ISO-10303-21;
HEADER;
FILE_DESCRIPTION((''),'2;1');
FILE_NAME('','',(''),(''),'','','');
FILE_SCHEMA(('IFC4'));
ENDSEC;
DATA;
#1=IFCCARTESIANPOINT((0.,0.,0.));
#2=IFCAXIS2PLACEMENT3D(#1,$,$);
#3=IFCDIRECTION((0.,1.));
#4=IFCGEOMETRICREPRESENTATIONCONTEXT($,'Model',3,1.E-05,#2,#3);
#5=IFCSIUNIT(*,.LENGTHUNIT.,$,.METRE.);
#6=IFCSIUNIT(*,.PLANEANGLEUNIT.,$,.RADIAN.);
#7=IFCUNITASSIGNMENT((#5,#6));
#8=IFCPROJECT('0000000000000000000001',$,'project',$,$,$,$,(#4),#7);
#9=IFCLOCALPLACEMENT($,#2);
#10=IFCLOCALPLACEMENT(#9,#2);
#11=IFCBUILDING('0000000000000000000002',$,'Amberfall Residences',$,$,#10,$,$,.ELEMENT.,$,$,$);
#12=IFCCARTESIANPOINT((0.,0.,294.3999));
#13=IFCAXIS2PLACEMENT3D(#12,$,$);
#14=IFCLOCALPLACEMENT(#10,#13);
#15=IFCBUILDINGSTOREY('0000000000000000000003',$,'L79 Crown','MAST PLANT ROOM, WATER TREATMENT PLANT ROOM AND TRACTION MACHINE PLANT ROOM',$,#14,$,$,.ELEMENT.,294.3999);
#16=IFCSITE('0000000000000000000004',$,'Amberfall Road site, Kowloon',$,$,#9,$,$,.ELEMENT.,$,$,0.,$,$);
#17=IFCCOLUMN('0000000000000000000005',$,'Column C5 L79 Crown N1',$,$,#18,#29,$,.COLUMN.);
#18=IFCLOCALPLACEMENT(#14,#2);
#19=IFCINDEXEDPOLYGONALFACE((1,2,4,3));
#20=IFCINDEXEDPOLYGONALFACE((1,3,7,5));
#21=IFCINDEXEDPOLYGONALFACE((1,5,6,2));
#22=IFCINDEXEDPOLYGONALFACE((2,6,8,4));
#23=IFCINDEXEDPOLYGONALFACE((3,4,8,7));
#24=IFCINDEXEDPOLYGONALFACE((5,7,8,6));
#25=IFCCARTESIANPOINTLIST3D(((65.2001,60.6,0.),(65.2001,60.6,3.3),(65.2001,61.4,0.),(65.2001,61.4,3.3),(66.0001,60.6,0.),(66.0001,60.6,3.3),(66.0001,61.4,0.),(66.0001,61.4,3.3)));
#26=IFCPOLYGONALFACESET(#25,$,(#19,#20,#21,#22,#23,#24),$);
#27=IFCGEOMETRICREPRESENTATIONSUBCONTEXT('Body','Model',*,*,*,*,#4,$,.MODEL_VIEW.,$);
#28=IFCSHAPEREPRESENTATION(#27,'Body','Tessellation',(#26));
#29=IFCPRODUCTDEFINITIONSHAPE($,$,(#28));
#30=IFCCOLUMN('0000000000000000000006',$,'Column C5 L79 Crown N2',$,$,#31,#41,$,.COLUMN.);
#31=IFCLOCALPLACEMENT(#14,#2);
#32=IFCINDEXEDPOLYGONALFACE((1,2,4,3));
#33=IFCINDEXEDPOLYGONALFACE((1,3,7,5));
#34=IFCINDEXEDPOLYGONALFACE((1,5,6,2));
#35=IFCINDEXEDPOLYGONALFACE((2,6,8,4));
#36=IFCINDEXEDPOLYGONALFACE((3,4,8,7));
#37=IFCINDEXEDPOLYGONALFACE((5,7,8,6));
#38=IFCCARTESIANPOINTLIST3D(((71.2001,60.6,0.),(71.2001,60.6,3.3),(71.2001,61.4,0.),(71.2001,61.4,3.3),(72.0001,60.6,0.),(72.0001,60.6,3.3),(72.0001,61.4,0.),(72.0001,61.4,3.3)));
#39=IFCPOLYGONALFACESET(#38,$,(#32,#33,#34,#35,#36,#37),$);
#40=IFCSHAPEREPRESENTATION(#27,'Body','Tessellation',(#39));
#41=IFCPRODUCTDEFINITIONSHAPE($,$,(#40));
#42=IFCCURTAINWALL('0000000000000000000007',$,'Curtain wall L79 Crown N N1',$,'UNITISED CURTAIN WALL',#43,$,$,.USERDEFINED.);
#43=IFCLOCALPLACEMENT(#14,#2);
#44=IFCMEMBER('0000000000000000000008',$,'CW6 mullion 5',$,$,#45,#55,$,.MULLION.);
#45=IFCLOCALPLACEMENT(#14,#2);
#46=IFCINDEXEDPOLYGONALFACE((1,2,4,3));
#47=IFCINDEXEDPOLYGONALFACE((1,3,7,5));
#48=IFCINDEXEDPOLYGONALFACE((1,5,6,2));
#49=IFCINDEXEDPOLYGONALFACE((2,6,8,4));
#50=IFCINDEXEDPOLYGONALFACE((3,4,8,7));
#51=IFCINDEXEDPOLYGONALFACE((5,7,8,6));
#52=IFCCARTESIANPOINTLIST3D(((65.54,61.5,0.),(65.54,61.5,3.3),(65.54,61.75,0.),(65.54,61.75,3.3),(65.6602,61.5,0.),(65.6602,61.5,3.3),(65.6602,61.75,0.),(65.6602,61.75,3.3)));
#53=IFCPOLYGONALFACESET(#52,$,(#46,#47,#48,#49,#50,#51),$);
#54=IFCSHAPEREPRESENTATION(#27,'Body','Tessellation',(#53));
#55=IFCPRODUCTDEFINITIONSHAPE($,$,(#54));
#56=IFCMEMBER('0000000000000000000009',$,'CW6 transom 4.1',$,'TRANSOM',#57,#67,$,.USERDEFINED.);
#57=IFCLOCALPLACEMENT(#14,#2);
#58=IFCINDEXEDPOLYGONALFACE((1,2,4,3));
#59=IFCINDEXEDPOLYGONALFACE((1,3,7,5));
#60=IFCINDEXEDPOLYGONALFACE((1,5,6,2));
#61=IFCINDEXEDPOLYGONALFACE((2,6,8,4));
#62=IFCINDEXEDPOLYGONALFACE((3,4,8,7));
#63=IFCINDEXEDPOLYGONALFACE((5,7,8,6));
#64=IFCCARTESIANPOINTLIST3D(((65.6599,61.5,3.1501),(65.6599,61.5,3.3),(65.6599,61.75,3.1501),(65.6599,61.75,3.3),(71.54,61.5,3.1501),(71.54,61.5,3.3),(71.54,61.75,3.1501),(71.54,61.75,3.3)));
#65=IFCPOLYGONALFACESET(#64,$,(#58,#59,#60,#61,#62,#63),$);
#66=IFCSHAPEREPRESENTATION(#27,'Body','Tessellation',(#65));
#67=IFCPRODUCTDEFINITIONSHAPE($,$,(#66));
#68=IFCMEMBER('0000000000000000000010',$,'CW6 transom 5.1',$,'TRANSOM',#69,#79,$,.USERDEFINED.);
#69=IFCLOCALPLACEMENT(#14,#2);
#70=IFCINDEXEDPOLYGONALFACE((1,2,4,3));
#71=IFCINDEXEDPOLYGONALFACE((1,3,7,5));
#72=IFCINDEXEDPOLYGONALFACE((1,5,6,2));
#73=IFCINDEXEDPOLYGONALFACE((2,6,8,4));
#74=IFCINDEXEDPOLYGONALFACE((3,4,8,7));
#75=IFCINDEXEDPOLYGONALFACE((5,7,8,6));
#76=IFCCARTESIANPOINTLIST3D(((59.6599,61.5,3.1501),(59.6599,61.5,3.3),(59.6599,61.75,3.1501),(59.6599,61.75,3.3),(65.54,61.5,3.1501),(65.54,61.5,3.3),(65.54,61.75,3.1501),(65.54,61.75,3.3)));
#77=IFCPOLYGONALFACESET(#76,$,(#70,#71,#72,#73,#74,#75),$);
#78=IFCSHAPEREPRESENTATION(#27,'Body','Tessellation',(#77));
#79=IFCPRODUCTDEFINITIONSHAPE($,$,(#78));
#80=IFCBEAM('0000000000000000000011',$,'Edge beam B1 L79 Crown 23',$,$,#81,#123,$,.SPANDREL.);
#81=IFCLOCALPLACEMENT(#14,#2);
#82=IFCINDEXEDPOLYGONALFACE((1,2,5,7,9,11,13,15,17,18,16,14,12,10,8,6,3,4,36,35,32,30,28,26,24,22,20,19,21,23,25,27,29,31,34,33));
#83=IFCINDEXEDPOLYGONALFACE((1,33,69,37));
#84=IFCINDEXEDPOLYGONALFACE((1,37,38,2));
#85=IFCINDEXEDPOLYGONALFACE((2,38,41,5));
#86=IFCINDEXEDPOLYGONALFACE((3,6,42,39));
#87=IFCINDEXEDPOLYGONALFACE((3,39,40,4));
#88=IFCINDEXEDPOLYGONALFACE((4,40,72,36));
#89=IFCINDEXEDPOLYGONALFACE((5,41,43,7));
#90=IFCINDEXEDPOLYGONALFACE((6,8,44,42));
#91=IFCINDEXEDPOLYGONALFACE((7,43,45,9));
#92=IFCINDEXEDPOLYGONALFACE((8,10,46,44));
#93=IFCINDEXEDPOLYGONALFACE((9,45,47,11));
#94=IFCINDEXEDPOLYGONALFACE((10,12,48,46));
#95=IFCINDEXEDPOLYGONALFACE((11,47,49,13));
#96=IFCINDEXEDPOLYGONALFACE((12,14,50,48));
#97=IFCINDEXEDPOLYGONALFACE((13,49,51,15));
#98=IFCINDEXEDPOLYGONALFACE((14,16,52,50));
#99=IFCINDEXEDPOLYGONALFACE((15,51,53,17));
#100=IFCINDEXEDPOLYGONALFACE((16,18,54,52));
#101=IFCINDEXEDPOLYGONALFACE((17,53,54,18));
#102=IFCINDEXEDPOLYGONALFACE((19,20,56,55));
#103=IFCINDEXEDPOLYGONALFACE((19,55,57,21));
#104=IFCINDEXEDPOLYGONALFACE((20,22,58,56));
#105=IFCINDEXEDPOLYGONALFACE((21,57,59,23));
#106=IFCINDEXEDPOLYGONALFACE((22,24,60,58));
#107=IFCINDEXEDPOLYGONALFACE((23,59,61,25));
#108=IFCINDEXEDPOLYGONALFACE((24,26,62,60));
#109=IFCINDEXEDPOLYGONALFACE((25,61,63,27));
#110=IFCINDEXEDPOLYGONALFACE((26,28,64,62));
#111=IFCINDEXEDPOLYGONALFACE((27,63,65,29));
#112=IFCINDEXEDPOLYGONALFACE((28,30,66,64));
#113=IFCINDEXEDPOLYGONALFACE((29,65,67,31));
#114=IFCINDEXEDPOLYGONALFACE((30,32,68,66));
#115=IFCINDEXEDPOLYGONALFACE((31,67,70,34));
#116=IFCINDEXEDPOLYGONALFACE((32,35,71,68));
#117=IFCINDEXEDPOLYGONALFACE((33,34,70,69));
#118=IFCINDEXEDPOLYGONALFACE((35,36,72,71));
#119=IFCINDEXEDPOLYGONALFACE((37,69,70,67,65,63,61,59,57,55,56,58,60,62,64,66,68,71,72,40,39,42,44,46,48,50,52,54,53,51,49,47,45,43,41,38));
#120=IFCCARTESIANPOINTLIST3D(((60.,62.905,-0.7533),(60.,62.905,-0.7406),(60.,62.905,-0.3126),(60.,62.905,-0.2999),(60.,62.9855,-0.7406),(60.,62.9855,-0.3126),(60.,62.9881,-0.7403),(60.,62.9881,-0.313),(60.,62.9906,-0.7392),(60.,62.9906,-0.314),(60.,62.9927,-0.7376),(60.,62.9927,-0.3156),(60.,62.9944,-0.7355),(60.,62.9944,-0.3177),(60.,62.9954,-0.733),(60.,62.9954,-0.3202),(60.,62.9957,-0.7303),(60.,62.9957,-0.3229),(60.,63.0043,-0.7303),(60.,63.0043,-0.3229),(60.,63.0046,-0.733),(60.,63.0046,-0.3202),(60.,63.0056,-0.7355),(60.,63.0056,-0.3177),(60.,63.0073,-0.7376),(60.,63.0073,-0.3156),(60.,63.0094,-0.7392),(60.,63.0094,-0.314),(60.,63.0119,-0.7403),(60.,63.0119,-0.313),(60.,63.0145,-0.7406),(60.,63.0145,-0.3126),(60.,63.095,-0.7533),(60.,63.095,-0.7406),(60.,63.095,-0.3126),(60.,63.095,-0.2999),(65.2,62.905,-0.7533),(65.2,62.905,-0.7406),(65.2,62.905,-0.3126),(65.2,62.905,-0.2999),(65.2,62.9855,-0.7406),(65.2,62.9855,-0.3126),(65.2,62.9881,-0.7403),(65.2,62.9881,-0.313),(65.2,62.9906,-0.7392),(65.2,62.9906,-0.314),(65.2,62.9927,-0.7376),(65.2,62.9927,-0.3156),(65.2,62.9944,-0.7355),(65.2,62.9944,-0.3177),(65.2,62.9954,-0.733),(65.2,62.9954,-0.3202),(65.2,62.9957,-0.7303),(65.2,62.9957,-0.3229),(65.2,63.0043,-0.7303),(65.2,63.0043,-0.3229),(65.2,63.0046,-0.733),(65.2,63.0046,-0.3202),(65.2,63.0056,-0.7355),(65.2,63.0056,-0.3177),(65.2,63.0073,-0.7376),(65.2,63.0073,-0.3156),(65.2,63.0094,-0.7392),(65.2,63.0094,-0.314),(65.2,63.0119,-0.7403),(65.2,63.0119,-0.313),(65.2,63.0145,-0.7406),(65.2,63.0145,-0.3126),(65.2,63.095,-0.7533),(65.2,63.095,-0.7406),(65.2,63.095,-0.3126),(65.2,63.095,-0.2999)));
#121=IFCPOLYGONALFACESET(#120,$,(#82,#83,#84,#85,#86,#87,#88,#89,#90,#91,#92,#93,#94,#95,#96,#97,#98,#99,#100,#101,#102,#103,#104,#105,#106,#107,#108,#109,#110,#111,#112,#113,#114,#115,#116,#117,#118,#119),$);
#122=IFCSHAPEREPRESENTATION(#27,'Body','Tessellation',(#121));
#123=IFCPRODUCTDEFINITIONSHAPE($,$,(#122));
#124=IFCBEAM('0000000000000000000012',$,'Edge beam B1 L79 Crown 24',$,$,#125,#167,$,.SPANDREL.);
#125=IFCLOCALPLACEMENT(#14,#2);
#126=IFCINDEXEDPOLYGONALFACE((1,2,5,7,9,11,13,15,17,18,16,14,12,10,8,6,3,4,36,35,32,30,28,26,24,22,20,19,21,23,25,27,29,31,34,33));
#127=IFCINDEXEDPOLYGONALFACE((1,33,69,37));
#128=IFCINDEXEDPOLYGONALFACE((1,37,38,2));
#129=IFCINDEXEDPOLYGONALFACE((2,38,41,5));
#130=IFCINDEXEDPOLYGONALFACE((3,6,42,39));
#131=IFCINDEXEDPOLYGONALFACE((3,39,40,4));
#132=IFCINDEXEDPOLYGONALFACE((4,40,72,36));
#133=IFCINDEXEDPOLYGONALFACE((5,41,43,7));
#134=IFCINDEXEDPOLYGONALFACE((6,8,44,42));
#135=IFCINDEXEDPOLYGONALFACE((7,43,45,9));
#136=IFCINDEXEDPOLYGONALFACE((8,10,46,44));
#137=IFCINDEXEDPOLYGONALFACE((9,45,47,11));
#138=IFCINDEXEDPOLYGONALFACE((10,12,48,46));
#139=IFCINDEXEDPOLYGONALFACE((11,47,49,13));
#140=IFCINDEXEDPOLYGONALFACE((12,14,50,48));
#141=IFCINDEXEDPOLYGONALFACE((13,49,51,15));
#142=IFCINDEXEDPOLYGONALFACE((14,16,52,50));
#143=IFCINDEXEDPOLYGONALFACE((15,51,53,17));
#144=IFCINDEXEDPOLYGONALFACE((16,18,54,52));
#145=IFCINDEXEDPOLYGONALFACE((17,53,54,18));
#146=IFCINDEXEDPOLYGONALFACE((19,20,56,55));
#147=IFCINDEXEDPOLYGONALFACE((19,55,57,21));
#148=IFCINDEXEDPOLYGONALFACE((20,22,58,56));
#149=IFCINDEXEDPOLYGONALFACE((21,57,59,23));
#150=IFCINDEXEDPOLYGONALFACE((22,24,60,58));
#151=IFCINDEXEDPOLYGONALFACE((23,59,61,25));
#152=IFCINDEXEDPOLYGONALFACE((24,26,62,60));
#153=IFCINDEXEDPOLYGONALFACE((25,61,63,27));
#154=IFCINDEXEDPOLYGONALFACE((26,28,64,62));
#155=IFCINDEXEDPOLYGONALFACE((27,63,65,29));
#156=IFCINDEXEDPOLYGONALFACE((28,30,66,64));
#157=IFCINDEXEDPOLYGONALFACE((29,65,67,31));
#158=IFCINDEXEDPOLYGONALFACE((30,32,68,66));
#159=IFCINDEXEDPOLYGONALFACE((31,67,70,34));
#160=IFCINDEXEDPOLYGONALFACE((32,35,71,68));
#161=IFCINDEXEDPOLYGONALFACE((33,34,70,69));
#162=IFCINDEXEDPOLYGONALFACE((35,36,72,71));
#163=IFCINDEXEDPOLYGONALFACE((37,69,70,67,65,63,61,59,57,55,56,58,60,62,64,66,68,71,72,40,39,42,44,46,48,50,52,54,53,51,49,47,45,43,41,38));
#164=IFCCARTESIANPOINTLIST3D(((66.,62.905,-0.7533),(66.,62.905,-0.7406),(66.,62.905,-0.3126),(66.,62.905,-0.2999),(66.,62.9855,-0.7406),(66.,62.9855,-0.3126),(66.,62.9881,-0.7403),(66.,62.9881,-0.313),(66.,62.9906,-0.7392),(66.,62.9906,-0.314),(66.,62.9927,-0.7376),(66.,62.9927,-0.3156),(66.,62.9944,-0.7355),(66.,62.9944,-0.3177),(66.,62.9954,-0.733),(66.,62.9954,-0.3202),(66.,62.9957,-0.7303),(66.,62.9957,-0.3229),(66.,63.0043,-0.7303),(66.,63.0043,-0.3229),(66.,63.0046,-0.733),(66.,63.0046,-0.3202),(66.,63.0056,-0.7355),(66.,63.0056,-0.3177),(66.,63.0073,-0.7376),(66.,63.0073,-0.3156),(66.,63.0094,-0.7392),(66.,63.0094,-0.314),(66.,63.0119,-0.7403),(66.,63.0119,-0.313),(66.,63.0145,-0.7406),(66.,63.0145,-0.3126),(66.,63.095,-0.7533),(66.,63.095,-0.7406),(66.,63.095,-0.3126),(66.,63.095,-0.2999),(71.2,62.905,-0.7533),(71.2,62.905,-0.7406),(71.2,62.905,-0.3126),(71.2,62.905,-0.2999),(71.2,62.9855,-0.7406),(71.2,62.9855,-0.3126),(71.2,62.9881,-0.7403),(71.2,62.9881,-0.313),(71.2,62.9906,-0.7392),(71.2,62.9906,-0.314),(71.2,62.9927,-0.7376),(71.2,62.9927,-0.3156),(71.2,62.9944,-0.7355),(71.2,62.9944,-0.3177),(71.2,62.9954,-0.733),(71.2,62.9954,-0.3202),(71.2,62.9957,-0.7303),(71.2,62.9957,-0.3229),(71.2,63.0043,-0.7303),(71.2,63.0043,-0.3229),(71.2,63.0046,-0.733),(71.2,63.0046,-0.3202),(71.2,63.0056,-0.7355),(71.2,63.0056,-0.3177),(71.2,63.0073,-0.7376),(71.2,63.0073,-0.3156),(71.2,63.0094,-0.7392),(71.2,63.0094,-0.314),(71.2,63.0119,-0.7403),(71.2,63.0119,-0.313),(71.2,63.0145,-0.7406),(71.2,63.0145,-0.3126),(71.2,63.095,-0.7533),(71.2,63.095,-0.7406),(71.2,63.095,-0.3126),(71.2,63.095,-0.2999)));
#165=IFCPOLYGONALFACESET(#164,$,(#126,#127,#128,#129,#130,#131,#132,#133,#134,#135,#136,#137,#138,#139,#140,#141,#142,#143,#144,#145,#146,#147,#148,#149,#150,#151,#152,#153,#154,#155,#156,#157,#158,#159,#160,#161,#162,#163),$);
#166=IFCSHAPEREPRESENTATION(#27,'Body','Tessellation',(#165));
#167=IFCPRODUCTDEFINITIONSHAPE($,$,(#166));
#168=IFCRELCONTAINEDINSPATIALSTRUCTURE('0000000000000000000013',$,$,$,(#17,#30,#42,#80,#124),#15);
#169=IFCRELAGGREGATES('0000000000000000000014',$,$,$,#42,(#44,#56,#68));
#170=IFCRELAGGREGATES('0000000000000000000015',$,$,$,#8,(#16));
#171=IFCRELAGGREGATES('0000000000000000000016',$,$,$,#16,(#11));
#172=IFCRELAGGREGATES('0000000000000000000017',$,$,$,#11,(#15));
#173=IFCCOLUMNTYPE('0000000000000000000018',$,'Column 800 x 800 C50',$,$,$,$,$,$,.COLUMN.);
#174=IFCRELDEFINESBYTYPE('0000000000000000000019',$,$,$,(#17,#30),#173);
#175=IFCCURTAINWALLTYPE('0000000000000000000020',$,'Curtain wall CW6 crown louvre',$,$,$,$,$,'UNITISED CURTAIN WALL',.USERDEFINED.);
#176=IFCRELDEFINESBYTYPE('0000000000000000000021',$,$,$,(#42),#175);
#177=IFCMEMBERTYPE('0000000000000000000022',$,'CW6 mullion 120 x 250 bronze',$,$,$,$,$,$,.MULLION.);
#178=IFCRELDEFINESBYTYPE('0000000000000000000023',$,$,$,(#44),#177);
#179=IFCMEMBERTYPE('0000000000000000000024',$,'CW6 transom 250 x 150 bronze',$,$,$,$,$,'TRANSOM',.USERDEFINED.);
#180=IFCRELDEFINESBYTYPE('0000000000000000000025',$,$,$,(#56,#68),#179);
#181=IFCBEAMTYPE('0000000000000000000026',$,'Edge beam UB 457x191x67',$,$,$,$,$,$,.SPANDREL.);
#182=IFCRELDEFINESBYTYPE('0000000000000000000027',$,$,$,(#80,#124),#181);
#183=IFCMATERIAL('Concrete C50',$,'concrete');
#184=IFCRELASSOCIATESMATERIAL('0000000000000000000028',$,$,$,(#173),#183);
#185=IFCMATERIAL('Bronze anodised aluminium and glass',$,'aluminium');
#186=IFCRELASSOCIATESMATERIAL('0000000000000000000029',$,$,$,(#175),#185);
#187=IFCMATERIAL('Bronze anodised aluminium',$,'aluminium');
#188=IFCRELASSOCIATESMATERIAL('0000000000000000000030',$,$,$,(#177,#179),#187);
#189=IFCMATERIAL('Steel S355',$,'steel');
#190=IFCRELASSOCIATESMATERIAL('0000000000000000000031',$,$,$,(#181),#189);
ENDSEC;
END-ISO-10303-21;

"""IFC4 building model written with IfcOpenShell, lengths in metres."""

from ifc_helpers import new_model, si_unit, direction, frame, origin, origin_2d, place, context, subcontext, project, spatial, rectangle, i_section, extrude, material, material_profile, profile_set, type_object, element, aggregate, save


model = new_model("IFC4")

# Units and contexts
model_context = context("Model", 3, precision=1e-05, world=origin(), true_north=direction((0.0, 1.0)))
body_context = subcontext(model_context, "Body", "Model", "MODEL_VIEW")
ifc_project = project(units=[si_unit("LENGTHUNIT", "METRE"), si_unit("PLANEANGLEUNIT", "RADIAN")], contexts=[model_context])

# Site, building, storey
site_placement = place(None, origin())
site = spatial("IfcSite", under=ifc_project, at=site_placement, Name="Amberfall Road site, Kowloon", CompositionType="ELEMENT", RefElevation=0.0)
building_placement = place(site_placement, origin())
building = spatial("IfcBuilding", under=site, at=building_placement, Name="Amberfall Residences", CompositionType="ELEMENT")
storey_placement = place(building_placement, frame((0.0, 0.0, 294.3999)))
storey = spatial("IfcBuildingStorey", under=building, at=storey_placement, Name="L79 Crown", Description="MAST PLANT ROOM, WATER TREATMENT PLANT ROOM AND TRACTION MACHINE PLANT ROOM", CompositionType="ELEMENT", Elevation=294.3999)

# Columns
ifc_material_1 = material(Name="Concrete C50", Category="concrete")
ifc_material_profile_1 = material_profile(ifc_material_1, rectangle(XDim=0.8, YDim=0.8, at=origin_2d()), Name="Column 800 x 800 C50")
ifc_profile_set_1 = profile_set([ifc_material_profile_1], Name="Concrete C50")
column_type = type_object("IfcColumnType", Name="Column 800 x 800 C50", PredefinedType="COLUMN", material=ifc_profile_set_1)
for number, where, z_axis, x_axis, name in (
    (1, (65.6001, 61.0, 0.0), (0.0, 0.0, 1.0), (1.0, 0.0, 0.0), "Column C5 L79 Crown N1"),
    (2, (71.6001, 61.0, 0.0), (0.0, 0.0, 1.0), (1.0, 0.0, 0.0), "Column C5 L79 Crown N2"),
):
    element("IfcColumn", number, at=place(storey_placement, frame(where, z_axis=z_axis, x_axis=x_axis)), inside=storey, type_object=column_type, Name=name, PredefinedType="COLUMN", context=body_context, shape_type="SweptSolid", body=[
        extrude(rectangle(XDim=0.8, YDim=0.8, at=origin_2d()), origin(), (0.0, 0.0, 1.0), 3.3),
    ])

# Curtain wall, members
ifc_material_2 = material(Name="Bronze anodised aluminium and glass", Category="aluminium")
curtain_wall_type = type_object("IfcCurtainWallType", Name="Curtain wall CW6 crown louvre", ElementType="UNITISED CURTAIN WALL", PredefinedType="USERDEFINED", material=ifc_material_2)
curtain_wall_placement = place(storey_placement, origin())
curtain_wall = element("IfcCurtainWall", 3, at=curtain_wall_placement, inside=storey, type_object=curtain_wall_type, Name="Curtain wall L79 Crown N N1", ObjectType="UNITISED CURTAIN WALL", PredefinedType="USERDEFINED")
ifc_material_3 = material(Name="Bronze anodised aluminium", Category="aluminium")
ifc_material_profile_2 = material_profile(ifc_material_3, rectangle(XDim=0.25, YDim=0.1201, at=origin_2d()), Name="CW6 mullion 120 x 250 bronze")
ifc_profile_set_2 = profile_set([ifc_material_profile_2], Name="Bronze anodised aluminium")
member_type_1 = type_object("IfcMemberType", Name="CW6 mullion 120 x 250 bronze", PredefinedType="MULLION", material=ifc_profile_set_2)
member_1_placement = place(storey_placement, frame((65.6001, 61.625, 0.0), z_axis=(0.0, 0.0, 1.0), x_axis=(0.0, -1.0, 0.0)))
member_1 = element("IfcMember", 4, at=member_1_placement, type_object=member_type_1, Name="CW6 mullion 5", PredefinedType="MULLION", context=body_context, shape_type="SweptSolid", body=[
    extrude(rectangle(XDim=0.25, YDim=0.1201, at=origin_2d()), origin(), (0.0, 0.0, 1.0), 3.3),
])
ifc_material_profile_3 = material_profile(ifc_material_3, rectangle(XDim=0.25, YDim=0.1499, at=origin_2d()), Name="CW6 transom 250 x 150 bronze")
ifc_profile_set_3 = profile_set([ifc_material_profile_3], Name="Bronze anodised aluminium")
member_type_2 = type_object("IfcMemberType", Name="CW6 transom 250 x 150 bronze", ElementType="TRANSOM", PredefinedType="USERDEFINED", material=ifc_profile_set_3)
member_2_placement = place(storey_placement, frame((71.54, 61.625, 3.2251), z_axis=(-1.0, 0.0, 0.0), x_axis=(0.0, -1.0, 0.0)))
member_2 = element("IfcMember", 5, at=member_2_placement, type_object=member_type_2, Name="CW6 transom 4.1", ObjectType="TRANSOM", PredefinedType="USERDEFINED", context=body_context, shape_type="SweptSolid", body=[
    extrude(rectangle(XDim=0.25, YDim=0.1499, at=origin_2d()), origin(), (0.0, 0.0, 1.0), 5.8801),
])
member_3_placement = place(storey_placement, frame((65.54, 61.625, 3.2251), z_axis=(-1.0, 0.0, 0.0), x_axis=(0.0, -1.0, 0.0)))
member_3 = element("IfcMember", 6, at=member_3_placement, type_object=member_type_2, Name="CW6 transom 5.1", ObjectType="TRANSOM", PredefinedType="USERDEFINED", context=body_context, shape_type="SweptSolid", body=[
    extrude(rectangle(XDim=0.25, YDim=0.1499, at=origin_2d()), origin(), (0.0, 0.0, 1.0), 5.8801),
])

# Beams
ifc_material_4 = material(Name="Steel S355", Category="steel")
ifc_material_profile_4 = material_profile(ifc_material_4, i_section(OverallWidth=0.1899, OverallDepth=0.4534, WebThickness=0.0085, FlangeThickness=0.0127, FilletRadius=0.0103, at=origin_2d()), Name="UB 457x191x67")
ifc_profile_set_4 = profile_set([ifc_material_profile_4], Name="Steel S355")
beam_type_1 = type_object("IfcBeamType", Name="Edge beam UB 457x191x67", PredefinedType="SPANDREL", material=ifc_profile_set_4)
for number, where, z_axis, x_axis, name in (
    (7, (60.0, 63.0, -0.5266), (1.0, 0.0, 0.0), (0.0, 1.0, 0.0), "Edge beam B1 L79 Crown 23"),
    (8, (66.0, 63.0, -0.5266), (1.0, 0.0, 0.0), (0.0, 1.0, 0.0), "Edge beam B1 L79 Crown 24"),
):
    element("IfcBeam", number, at=place(storey_placement, frame(where, z_axis=z_axis, x_axis=x_axis)), inside=storey, type_object=beam_type_1, Name=name, PredefinedType="SPANDREL", context=body_context, shape_type="SweptSolid", body=[
        extrude(i_section(OverallWidth=0.1899, OverallDepth=0.4534, WebThickness=0.0085, FlangeThickness=0.0127, FilletRadius=0.0103, at=origin_2d()), origin(), (0.0, 0.0, 1.0), 5.2),
    ])

aggregate(curtain_wall, [member_1, member_2, member_3])

save(model, "model.ifc")
